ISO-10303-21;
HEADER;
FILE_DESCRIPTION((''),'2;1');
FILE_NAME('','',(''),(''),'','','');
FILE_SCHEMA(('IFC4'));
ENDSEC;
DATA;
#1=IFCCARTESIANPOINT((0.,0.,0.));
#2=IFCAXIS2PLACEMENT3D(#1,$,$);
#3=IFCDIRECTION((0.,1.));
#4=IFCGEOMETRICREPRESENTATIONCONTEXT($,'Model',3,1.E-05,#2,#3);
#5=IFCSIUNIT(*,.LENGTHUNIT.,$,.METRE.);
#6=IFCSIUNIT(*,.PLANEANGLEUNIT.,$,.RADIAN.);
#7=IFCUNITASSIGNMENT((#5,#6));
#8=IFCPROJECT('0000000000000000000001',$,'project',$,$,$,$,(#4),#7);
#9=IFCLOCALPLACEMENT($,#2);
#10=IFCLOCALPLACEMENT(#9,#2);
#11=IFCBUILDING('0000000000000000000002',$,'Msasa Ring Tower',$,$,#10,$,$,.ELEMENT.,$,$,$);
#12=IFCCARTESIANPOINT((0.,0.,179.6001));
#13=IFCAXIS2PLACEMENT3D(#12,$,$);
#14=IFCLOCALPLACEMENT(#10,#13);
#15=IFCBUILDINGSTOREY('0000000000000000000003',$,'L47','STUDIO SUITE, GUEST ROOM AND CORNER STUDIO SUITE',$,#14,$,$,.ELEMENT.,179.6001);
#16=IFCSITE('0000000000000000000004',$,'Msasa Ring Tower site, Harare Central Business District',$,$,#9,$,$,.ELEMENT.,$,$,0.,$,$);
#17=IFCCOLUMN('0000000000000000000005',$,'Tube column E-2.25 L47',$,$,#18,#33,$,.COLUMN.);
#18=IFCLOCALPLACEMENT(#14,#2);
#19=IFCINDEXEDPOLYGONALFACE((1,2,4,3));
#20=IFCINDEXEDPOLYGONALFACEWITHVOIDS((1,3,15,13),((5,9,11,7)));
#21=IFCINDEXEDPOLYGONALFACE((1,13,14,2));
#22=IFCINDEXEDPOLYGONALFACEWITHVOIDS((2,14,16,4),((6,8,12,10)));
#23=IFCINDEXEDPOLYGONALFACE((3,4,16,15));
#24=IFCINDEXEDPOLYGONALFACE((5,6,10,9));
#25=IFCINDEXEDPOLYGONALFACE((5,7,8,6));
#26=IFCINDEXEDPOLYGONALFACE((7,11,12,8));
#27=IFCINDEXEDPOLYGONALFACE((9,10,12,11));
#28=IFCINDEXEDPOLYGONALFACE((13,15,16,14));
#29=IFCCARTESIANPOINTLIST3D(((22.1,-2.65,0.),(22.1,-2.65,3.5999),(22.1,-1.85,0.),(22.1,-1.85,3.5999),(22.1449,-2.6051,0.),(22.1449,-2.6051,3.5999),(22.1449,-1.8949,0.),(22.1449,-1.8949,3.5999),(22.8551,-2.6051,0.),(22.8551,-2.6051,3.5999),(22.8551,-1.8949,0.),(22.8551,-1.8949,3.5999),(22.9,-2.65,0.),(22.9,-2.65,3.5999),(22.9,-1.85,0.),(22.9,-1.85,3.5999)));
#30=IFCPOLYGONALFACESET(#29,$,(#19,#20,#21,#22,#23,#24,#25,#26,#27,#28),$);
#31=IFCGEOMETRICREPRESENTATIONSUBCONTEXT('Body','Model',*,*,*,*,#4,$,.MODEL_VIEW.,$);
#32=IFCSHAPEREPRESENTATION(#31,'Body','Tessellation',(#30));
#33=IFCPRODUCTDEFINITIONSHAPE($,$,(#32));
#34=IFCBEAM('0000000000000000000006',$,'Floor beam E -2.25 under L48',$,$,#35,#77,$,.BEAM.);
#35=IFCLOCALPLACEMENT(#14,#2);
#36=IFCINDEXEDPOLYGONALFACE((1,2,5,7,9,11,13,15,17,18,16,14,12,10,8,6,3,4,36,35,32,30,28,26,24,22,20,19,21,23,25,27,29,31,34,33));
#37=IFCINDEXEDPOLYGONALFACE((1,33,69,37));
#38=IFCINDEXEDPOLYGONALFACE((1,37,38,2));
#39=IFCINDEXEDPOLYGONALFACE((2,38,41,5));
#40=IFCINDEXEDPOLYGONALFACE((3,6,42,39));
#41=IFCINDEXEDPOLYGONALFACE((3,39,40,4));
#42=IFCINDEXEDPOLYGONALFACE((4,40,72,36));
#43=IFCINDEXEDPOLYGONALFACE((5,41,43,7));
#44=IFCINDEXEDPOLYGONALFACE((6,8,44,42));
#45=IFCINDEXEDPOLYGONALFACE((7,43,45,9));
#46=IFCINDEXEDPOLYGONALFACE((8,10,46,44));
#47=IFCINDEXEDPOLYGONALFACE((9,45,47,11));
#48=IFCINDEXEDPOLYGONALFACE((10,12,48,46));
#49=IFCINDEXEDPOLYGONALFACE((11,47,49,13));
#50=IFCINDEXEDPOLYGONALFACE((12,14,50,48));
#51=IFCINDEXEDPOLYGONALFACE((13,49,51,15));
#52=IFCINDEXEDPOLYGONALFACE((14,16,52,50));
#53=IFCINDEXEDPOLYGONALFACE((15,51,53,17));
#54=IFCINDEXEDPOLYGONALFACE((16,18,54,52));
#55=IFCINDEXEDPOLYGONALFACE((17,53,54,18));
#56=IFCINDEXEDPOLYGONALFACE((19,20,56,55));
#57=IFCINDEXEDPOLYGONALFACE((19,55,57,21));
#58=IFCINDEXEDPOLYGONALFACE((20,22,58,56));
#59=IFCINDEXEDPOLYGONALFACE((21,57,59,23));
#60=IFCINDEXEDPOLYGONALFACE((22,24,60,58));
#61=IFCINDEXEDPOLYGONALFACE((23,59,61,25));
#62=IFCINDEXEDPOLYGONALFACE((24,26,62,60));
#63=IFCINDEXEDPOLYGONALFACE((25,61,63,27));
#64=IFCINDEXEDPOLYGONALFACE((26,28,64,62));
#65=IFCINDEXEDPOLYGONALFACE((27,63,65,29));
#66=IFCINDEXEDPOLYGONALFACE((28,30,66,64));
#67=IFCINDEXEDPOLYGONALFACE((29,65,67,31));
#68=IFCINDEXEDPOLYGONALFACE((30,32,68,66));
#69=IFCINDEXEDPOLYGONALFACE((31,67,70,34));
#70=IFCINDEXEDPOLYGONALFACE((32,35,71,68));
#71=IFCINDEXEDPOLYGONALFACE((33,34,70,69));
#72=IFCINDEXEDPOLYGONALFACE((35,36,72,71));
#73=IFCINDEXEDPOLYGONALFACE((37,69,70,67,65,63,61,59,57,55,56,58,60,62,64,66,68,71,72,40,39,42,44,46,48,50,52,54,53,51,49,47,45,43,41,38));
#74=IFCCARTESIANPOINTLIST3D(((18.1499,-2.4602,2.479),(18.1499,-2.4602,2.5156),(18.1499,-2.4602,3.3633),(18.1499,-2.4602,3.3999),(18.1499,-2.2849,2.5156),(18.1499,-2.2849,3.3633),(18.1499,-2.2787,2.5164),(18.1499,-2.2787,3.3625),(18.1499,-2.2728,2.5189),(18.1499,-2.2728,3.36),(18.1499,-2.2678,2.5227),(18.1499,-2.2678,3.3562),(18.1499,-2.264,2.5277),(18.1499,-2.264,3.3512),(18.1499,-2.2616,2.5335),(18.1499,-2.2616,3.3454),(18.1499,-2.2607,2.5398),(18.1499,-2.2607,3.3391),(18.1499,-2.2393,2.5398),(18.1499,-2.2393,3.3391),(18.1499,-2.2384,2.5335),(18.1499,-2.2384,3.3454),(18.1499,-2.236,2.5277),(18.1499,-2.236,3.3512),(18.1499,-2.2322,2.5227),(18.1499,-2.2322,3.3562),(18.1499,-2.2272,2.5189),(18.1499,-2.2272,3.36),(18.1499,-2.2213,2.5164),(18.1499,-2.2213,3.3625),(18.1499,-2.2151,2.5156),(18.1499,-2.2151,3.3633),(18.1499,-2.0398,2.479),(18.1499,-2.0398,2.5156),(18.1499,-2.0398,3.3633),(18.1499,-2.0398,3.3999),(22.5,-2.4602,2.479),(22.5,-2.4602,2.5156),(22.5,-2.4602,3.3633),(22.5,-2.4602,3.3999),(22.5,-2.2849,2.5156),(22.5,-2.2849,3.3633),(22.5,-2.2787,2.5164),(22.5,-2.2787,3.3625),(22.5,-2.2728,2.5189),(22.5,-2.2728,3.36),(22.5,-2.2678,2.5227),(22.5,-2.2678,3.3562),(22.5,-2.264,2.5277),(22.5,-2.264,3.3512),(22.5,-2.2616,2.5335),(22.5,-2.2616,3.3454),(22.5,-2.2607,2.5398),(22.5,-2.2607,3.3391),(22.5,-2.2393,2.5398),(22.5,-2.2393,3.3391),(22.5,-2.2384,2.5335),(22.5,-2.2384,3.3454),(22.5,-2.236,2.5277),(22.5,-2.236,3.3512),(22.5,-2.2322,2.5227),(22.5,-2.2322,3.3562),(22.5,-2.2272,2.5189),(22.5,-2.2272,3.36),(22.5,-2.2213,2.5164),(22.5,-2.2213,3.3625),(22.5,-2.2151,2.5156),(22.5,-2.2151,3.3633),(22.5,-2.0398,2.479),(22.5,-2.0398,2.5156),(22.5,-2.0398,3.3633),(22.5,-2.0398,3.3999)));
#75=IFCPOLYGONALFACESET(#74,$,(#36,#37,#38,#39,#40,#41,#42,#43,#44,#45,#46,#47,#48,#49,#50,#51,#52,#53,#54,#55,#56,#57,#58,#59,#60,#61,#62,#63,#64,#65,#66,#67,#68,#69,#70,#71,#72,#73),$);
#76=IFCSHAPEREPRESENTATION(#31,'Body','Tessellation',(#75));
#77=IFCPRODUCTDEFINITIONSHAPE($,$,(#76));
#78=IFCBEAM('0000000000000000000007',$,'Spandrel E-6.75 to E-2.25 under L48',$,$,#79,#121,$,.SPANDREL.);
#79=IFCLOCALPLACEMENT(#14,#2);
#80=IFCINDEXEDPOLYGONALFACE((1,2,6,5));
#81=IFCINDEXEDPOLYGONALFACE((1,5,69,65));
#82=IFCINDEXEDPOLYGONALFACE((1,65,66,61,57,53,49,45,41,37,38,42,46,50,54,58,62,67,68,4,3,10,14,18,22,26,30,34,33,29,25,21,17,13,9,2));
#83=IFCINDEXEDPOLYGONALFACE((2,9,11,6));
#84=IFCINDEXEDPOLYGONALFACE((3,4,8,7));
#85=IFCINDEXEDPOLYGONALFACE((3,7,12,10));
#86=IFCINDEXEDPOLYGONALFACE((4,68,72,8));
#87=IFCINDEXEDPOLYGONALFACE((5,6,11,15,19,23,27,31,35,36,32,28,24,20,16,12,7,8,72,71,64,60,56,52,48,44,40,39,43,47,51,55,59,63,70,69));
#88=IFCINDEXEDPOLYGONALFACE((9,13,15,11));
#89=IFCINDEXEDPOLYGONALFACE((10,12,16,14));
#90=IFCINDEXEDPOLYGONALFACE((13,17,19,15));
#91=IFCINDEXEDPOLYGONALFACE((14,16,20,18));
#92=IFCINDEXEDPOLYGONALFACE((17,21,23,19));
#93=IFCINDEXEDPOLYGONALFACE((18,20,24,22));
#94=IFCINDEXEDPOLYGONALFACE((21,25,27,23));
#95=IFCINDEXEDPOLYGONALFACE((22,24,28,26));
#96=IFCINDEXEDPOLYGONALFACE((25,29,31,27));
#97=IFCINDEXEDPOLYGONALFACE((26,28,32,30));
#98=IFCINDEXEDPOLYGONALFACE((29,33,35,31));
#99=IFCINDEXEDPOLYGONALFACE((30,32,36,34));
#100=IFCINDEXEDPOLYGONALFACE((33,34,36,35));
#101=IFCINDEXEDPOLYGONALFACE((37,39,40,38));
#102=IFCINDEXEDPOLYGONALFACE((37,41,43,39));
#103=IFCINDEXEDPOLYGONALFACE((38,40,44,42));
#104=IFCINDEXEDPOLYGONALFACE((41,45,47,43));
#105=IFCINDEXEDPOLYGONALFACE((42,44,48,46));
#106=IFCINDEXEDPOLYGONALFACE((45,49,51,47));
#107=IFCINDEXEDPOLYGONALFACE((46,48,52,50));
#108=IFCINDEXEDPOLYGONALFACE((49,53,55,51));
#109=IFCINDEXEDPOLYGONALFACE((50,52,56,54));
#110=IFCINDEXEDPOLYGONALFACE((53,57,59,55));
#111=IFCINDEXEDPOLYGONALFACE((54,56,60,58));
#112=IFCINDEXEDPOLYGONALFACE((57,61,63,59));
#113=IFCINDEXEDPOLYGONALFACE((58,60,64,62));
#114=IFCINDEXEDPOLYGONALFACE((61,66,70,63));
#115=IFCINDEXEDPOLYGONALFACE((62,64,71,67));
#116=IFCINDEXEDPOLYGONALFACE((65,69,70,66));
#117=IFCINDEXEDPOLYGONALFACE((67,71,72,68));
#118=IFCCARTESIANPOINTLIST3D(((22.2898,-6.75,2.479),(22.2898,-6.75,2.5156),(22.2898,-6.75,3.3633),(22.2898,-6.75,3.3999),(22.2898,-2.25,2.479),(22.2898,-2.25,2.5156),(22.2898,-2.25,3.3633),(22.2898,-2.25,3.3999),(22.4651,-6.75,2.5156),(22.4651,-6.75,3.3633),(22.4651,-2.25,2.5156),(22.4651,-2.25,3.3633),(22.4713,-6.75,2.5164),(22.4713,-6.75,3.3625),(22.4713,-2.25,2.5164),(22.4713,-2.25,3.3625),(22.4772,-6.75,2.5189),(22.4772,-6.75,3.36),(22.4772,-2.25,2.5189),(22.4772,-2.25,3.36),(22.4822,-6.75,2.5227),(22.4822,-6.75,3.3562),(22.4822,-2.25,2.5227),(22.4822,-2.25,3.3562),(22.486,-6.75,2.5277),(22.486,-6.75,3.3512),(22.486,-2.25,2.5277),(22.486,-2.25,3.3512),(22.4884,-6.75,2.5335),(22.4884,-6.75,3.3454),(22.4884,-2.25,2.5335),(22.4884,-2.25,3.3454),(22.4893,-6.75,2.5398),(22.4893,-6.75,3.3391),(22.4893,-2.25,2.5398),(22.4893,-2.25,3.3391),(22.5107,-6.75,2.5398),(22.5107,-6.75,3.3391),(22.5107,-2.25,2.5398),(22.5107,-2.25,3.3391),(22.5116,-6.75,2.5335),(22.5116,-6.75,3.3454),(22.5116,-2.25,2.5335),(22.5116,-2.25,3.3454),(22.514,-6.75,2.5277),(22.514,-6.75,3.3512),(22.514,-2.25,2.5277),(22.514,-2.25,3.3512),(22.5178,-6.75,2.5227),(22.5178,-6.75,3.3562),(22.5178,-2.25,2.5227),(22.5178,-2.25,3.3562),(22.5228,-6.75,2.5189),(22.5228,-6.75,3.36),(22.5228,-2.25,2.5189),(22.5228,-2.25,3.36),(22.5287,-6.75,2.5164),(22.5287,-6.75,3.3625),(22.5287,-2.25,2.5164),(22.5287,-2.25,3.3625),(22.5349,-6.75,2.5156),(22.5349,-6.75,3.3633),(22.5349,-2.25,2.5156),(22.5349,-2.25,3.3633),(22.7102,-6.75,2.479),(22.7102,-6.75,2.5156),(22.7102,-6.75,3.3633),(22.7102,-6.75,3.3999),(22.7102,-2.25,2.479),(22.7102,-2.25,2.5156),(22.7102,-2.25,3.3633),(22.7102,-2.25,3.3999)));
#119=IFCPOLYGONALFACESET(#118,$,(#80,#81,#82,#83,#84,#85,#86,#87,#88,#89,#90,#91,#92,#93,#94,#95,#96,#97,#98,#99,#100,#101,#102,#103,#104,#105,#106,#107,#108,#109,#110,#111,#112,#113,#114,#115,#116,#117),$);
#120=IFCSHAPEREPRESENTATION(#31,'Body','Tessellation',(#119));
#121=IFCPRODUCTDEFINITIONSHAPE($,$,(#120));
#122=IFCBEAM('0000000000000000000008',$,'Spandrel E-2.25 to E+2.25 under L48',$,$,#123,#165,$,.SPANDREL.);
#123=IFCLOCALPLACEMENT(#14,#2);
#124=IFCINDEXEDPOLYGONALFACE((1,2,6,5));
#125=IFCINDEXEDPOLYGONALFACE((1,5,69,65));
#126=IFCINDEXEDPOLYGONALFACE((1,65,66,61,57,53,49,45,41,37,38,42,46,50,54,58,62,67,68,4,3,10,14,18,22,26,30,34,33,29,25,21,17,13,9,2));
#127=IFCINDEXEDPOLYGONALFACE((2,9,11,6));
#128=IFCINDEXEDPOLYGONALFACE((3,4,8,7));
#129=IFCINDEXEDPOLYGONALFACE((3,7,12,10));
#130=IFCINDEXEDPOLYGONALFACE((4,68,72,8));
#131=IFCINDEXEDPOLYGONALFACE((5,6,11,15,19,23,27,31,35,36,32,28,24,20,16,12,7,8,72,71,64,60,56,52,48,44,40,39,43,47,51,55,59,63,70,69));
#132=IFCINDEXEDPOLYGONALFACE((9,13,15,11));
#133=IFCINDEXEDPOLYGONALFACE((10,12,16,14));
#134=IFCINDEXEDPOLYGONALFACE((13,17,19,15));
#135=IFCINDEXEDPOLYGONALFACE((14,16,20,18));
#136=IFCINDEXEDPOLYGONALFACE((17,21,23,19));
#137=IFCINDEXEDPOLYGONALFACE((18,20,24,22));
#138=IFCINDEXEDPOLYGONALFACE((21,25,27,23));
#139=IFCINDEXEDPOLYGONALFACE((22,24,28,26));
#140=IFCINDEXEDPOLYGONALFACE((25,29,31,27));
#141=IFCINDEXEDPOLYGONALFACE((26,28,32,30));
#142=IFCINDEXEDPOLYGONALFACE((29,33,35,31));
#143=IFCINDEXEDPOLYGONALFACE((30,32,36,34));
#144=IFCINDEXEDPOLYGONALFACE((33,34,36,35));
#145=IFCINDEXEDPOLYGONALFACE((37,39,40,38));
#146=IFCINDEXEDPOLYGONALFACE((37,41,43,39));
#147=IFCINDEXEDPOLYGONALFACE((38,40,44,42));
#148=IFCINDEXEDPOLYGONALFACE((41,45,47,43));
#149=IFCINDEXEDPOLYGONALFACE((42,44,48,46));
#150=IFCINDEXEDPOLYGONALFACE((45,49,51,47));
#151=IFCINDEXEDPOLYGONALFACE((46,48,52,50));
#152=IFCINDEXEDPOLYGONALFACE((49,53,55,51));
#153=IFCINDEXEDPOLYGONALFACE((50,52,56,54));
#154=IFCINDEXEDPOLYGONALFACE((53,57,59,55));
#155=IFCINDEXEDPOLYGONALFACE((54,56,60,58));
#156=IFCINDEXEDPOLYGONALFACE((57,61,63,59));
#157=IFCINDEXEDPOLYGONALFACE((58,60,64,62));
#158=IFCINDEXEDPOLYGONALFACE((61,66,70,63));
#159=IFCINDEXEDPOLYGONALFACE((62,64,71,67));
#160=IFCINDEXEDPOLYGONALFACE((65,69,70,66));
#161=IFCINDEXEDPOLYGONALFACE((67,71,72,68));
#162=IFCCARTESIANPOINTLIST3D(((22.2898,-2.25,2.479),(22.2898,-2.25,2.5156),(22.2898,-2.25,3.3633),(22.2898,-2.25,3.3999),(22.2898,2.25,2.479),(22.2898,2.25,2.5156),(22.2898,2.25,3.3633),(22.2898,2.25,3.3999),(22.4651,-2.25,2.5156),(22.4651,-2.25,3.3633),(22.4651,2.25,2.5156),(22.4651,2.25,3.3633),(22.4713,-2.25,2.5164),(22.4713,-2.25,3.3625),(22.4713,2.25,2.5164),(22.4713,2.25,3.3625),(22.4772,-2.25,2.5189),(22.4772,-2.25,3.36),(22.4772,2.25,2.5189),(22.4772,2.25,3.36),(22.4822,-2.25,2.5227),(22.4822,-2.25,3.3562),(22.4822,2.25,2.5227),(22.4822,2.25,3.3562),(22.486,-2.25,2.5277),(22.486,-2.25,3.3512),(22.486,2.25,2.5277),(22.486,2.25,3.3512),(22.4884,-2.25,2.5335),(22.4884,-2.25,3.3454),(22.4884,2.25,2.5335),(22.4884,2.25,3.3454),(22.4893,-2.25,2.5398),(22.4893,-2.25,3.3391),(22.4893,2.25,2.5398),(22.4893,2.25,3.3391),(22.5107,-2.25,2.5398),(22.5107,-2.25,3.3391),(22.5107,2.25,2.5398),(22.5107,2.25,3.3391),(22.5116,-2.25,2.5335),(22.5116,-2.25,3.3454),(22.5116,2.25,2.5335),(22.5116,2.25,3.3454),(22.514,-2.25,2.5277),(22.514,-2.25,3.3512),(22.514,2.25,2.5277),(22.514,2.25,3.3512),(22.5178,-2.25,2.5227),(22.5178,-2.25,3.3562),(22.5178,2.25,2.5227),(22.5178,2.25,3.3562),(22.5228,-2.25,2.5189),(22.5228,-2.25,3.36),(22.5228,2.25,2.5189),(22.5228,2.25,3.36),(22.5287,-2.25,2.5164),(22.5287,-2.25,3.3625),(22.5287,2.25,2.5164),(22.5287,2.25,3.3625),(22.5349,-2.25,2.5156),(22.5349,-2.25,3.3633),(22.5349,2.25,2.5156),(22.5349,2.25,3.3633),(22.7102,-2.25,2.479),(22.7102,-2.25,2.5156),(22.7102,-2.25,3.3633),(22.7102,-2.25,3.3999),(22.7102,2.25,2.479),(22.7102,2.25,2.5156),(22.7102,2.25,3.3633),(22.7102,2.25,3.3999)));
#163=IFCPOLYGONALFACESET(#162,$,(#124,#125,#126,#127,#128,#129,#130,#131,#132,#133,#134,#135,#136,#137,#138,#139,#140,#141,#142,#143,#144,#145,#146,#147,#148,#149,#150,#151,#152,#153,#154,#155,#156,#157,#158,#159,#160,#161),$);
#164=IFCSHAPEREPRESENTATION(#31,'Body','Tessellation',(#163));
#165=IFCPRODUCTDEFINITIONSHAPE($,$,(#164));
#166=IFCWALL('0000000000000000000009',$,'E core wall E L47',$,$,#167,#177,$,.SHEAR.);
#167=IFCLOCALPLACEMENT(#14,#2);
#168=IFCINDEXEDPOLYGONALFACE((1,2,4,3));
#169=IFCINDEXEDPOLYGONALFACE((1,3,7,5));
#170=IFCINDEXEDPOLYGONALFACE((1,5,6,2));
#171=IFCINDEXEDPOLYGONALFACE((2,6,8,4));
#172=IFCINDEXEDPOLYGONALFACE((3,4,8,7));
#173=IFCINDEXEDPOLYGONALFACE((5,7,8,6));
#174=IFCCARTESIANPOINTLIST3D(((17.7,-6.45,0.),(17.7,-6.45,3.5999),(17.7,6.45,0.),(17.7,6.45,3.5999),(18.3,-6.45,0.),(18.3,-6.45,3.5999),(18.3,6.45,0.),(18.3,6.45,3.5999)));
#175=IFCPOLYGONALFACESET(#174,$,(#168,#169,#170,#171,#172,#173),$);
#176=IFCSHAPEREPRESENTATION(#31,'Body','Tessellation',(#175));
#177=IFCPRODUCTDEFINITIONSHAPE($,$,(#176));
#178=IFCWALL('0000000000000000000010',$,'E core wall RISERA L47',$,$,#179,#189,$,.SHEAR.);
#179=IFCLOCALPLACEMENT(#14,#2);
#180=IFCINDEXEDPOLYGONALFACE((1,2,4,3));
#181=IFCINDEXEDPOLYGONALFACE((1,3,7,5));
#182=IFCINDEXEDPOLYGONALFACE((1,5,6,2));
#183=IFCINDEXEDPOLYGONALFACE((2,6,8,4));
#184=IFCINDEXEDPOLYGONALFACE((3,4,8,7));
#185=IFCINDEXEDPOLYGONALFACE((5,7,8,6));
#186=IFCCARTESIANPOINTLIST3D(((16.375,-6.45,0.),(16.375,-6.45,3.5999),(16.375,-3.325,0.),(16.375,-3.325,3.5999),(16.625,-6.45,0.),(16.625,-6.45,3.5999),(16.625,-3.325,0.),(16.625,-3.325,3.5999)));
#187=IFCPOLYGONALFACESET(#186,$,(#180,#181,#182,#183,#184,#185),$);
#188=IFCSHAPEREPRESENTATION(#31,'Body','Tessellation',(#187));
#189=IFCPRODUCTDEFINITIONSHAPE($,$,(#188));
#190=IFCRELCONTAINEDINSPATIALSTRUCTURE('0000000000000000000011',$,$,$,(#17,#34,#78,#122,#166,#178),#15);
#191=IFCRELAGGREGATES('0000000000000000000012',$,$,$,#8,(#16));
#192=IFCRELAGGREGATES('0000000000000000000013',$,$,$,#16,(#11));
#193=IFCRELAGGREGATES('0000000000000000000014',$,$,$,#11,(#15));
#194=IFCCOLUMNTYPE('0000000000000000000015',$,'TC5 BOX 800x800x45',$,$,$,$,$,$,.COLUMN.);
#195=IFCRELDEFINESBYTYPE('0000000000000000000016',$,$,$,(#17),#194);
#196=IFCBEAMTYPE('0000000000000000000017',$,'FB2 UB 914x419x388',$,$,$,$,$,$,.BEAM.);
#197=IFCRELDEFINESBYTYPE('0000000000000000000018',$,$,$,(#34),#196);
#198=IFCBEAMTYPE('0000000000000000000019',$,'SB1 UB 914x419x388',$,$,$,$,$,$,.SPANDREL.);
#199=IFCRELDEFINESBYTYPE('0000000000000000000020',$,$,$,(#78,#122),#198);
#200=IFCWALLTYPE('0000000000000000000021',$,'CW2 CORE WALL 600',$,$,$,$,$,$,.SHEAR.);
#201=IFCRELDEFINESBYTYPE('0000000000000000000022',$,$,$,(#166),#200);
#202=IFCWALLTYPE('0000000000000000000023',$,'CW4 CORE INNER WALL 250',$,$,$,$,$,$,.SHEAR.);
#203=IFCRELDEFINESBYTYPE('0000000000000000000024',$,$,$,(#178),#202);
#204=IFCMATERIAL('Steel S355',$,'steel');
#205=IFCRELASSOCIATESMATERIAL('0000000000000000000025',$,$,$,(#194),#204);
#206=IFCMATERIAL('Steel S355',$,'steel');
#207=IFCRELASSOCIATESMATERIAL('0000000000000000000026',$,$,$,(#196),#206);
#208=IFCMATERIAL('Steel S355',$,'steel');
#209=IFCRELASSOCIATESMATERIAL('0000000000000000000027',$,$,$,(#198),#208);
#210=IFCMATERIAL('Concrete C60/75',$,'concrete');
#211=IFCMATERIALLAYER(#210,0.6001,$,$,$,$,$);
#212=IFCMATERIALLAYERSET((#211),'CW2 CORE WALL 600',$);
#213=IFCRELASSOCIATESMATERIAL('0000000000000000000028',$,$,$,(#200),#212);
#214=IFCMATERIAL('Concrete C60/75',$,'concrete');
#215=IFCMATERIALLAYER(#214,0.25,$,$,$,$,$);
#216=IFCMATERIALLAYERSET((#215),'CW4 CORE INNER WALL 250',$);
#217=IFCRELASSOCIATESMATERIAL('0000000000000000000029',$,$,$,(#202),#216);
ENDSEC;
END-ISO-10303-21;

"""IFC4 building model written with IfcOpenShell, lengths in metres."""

from ifc_helpers import new_model, si_unit, direction, frame, frame_2d, origin, origin_2d, place, context, subcontext, project, spatial, rectangle, hollow_rectangle, i_section, extrude, material, layer, layer_set, material_profile, profile_set, type_object, element, save


model = new_model("IFC4")

# Units and contexts
model_context = context("Model", 3, precision=1e-05, world=origin(), true_north=direction((0.0, 1.0)))
body_context = subcontext(model_context, "Body", "Model", "MODEL_VIEW")
ifc_project = project(units=[si_unit("LENGTHUNIT", "METRE"), si_unit("PLANEANGLEUNIT", "RADIAN")], contexts=[model_context])

# Site, building, storey
site_placement = place(None, origin())
site = spatial("IfcSite", under=ifc_project, at=site_placement, Name="Msasa Ring Tower site, Harare Central Business District", CompositionType="ELEMENT", RefElevation=0.0)
building_placement = place(site_placement, origin())
building = spatial("IfcBuilding", under=site, at=building_placement, Name="Msasa Ring Tower", CompositionType="ELEMENT")
storey_placement = place(building_placement, frame((0.0, 0.0, 179.6001)))
storey = spatial("IfcBuildingStorey", under=building, at=storey_placement, Name="L47", Description="STUDIO SUITE, GUEST ROOM AND CORNER STUDIO SUITE", CompositionType="ELEMENT", Elevation=179.6001)

# Column
ifc_material_1 = material(Name="Steel S355", Category="steel")
ifc_material_profile_1 = material_profile(ifc_material_1, hollow_rectangle(XDim=0.8, YDim=0.8, WallThickness=0.0449, at=origin_2d()), Name="BOX 800x800x45")
ifc_profile_set_1 = profile_set([ifc_material_profile_1], Name="Steel S355")
column_type = type_object("IfcColumnType", Name="TC5 BOX 800x800x45", PredefinedType="COLUMN", material=ifc_profile_set_1)
column_placement = place(storey_placement, frame((22.5, -2.25, 0.0), z_axis=(0.0, 0.0, 1.0), x_axis=(1.0, 0.0, 0.0)))
element("IfcColumn", 1, at=column_placement, inside=storey, type_object=column_type, Name="Tube column E-2.25 L47", PredefinedType="COLUMN", context=body_context, shape_type="SweptSolid", body=[
    extrude(hollow_rectangle(XDim=0.8, YDim=0.8, WallThickness=0.0449, at=origin_2d()), origin(), (0.0, 0.0, 1.0), 3.5999),
])

# Beams
ifc_material_2 = material(Name="Steel S355", Category="steel")
ifc_material_profile_2 = material_profile(ifc_material_2, i_section(OverallWidth=0.4204, OverallDepth=0.9209, WebThickness=0.0215, FlangeThickness=0.0366, FilletRadius=0.0242, at=origin_2d()), Name="UB 914x419x388")
ifc_profile_set_2 = profile_set([ifc_material_profile_2], Name="Steel S355")
beam_type_1 = type_object("IfcBeamType", Name="FB2 UB 914x419x388", PredefinedType="BEAM", material=ifc_profile_set_2)
beam_placement = place(storey_placement, frame((22.5, -2.25, 2.9395), z_axis=(-1.0, 0.0, 0.0), x_axis=(0.0, -1.0, 0.0)))
element("IfcBeam", 2, at=beam_placement, inside=storey, type_object=beam_type_1, Name="Floor beam E -2.25 under L48", PredefinedType="BEAM", context=body_context, shape_type="SweptSolid", body=[
    extrude(i_section(OverallWidth=0.4204, OverallDepth=0.9209, WebThickness=0.0215, FlangeThickness=0.0366, FilletRadius=0.0242, at=origin_2d()), origin(), (0.0, 0.0, 1.0), 4.3501),
])
ifc_material_3 = material(Name="Steel S355", Category="steel")
ifc_material_profile_3 = material_profile(ifc_material_3, i_section(OverallWidth=0.4204, OverallDepth=0.9209, WebThickness=0.0215, FlangeThickness=0.0366, FilletRadius=0.0242, at=origin_2d()), Name="UB 914x419x388")
ifc_profile_set_3 = profile_set([ifc_material_profile_3], Name="Steel S355")
beam_type_2 = type_object("IfcBeamType", Name="SB1 UB 914x419x388", PredefinedType="SPANDREL", material=ifc_profile_set_3)
for number, where, z_axis, x_axis, name in (
    (3, (22.5, -6.75, 2.9395), (0.0, 1.0, 0.0), (-1.0, 0.0, 0.0), "Spandrel E-6.75 to E-2.25 under L48"),
    (4, (22.5, -2.25, 2.9395), (0.0, 1.0, 0.0), (-1.0, 0.0, 0.0), "Spandrel E-2.25 to E+2.25 under L48"),
):
    element("IfcBeam", number, at=place(storey_placement, frame(where, z_axis=z_axis, x_axis=x_axis)), inside=storey, type_object=beam_type_2, Name=name, PredefinedType="SPANDREL", context=body_context, shape_type="SweptSolid", body=[
        extrude(i_section(OverallWidth=0.4204, OverallDepth=0.9209, WebThickness=0.0215, FlangeThickness=0.0366, FilletRadius=0.0242, at=origin_2d()), origin(), (0.0, 0.0, 1.0), 4.5),
    ])

# Walls
ifc_material_4 = material(Name="Concrete C60/75", Category="concrete")
ifc_layer_1 = layer(ifc_material_4, 0.6001)
ifc_layer_set_1 = layer_set([ifc_layer_1], Name="CW2 CORE WALL 600")
wall_type_1 = type_object("IfcWallType", Name="CW2 CORE WALL 600", PredefinedType="SHEAR", material=ifc_layer_set_1)
wall_1_placement = place(storey_placement, frame((18.0, -6.45, 0.0), z_axis=(0.0, 0.0, 1.0), x_axis=(0.0, 1.0, 0.0)))
element("IfcWall", 5, at=wall_1_placement, inside=storey, type_object=wall_type_1, Name="E core wall E L47", PredefinedType="SHEAR", context=body_context, shape_type="SweptSolid", body=[
    extrude(rectangle(XDim=12.8999, YDim=0.6001, at=frame_2d((6.45, 0.0))), origin(), (0.0, 0.0, 1.0), 3.5999),
])
ifc_material_5 = material(Name="Concrete C60/75", Category="concrete")
ifc_layer_2 = layer(ifc_material_5, 0.25)
ifc_layer_set_2 = layer_set([ifc_layer_2], Name="CW4 CORE INNER WALL 250")
wall_type_2 = type_object("IfcWallType", Name="CW4 CORE INNER WALL 250", PredefinedType="SHEAR", material=ifc_layer_set_2)
wall_2_placement = place(storey_placement, frame((16.5, -6.45, 0.0), z_axis=(0.0, 0.0, 1.0), x_axis=(0.0, 1.0, 0.0)))
element("IfcWall", 6, at=wall_2_placement, inside=storey, type_object=wall_type_2, Name="E core wall RISERA L47", PredefinedType="SHEAR", context=body_context, shape_type="SweptSolid", body=[
    extrude(rectangle(XDim=3.125, YDim=0.25, at=frame_2d((1.5625, 0.0))), origin(), (0.0, 0.0, 1.0), 3.5999),
])

save(model, "model.ifc")
